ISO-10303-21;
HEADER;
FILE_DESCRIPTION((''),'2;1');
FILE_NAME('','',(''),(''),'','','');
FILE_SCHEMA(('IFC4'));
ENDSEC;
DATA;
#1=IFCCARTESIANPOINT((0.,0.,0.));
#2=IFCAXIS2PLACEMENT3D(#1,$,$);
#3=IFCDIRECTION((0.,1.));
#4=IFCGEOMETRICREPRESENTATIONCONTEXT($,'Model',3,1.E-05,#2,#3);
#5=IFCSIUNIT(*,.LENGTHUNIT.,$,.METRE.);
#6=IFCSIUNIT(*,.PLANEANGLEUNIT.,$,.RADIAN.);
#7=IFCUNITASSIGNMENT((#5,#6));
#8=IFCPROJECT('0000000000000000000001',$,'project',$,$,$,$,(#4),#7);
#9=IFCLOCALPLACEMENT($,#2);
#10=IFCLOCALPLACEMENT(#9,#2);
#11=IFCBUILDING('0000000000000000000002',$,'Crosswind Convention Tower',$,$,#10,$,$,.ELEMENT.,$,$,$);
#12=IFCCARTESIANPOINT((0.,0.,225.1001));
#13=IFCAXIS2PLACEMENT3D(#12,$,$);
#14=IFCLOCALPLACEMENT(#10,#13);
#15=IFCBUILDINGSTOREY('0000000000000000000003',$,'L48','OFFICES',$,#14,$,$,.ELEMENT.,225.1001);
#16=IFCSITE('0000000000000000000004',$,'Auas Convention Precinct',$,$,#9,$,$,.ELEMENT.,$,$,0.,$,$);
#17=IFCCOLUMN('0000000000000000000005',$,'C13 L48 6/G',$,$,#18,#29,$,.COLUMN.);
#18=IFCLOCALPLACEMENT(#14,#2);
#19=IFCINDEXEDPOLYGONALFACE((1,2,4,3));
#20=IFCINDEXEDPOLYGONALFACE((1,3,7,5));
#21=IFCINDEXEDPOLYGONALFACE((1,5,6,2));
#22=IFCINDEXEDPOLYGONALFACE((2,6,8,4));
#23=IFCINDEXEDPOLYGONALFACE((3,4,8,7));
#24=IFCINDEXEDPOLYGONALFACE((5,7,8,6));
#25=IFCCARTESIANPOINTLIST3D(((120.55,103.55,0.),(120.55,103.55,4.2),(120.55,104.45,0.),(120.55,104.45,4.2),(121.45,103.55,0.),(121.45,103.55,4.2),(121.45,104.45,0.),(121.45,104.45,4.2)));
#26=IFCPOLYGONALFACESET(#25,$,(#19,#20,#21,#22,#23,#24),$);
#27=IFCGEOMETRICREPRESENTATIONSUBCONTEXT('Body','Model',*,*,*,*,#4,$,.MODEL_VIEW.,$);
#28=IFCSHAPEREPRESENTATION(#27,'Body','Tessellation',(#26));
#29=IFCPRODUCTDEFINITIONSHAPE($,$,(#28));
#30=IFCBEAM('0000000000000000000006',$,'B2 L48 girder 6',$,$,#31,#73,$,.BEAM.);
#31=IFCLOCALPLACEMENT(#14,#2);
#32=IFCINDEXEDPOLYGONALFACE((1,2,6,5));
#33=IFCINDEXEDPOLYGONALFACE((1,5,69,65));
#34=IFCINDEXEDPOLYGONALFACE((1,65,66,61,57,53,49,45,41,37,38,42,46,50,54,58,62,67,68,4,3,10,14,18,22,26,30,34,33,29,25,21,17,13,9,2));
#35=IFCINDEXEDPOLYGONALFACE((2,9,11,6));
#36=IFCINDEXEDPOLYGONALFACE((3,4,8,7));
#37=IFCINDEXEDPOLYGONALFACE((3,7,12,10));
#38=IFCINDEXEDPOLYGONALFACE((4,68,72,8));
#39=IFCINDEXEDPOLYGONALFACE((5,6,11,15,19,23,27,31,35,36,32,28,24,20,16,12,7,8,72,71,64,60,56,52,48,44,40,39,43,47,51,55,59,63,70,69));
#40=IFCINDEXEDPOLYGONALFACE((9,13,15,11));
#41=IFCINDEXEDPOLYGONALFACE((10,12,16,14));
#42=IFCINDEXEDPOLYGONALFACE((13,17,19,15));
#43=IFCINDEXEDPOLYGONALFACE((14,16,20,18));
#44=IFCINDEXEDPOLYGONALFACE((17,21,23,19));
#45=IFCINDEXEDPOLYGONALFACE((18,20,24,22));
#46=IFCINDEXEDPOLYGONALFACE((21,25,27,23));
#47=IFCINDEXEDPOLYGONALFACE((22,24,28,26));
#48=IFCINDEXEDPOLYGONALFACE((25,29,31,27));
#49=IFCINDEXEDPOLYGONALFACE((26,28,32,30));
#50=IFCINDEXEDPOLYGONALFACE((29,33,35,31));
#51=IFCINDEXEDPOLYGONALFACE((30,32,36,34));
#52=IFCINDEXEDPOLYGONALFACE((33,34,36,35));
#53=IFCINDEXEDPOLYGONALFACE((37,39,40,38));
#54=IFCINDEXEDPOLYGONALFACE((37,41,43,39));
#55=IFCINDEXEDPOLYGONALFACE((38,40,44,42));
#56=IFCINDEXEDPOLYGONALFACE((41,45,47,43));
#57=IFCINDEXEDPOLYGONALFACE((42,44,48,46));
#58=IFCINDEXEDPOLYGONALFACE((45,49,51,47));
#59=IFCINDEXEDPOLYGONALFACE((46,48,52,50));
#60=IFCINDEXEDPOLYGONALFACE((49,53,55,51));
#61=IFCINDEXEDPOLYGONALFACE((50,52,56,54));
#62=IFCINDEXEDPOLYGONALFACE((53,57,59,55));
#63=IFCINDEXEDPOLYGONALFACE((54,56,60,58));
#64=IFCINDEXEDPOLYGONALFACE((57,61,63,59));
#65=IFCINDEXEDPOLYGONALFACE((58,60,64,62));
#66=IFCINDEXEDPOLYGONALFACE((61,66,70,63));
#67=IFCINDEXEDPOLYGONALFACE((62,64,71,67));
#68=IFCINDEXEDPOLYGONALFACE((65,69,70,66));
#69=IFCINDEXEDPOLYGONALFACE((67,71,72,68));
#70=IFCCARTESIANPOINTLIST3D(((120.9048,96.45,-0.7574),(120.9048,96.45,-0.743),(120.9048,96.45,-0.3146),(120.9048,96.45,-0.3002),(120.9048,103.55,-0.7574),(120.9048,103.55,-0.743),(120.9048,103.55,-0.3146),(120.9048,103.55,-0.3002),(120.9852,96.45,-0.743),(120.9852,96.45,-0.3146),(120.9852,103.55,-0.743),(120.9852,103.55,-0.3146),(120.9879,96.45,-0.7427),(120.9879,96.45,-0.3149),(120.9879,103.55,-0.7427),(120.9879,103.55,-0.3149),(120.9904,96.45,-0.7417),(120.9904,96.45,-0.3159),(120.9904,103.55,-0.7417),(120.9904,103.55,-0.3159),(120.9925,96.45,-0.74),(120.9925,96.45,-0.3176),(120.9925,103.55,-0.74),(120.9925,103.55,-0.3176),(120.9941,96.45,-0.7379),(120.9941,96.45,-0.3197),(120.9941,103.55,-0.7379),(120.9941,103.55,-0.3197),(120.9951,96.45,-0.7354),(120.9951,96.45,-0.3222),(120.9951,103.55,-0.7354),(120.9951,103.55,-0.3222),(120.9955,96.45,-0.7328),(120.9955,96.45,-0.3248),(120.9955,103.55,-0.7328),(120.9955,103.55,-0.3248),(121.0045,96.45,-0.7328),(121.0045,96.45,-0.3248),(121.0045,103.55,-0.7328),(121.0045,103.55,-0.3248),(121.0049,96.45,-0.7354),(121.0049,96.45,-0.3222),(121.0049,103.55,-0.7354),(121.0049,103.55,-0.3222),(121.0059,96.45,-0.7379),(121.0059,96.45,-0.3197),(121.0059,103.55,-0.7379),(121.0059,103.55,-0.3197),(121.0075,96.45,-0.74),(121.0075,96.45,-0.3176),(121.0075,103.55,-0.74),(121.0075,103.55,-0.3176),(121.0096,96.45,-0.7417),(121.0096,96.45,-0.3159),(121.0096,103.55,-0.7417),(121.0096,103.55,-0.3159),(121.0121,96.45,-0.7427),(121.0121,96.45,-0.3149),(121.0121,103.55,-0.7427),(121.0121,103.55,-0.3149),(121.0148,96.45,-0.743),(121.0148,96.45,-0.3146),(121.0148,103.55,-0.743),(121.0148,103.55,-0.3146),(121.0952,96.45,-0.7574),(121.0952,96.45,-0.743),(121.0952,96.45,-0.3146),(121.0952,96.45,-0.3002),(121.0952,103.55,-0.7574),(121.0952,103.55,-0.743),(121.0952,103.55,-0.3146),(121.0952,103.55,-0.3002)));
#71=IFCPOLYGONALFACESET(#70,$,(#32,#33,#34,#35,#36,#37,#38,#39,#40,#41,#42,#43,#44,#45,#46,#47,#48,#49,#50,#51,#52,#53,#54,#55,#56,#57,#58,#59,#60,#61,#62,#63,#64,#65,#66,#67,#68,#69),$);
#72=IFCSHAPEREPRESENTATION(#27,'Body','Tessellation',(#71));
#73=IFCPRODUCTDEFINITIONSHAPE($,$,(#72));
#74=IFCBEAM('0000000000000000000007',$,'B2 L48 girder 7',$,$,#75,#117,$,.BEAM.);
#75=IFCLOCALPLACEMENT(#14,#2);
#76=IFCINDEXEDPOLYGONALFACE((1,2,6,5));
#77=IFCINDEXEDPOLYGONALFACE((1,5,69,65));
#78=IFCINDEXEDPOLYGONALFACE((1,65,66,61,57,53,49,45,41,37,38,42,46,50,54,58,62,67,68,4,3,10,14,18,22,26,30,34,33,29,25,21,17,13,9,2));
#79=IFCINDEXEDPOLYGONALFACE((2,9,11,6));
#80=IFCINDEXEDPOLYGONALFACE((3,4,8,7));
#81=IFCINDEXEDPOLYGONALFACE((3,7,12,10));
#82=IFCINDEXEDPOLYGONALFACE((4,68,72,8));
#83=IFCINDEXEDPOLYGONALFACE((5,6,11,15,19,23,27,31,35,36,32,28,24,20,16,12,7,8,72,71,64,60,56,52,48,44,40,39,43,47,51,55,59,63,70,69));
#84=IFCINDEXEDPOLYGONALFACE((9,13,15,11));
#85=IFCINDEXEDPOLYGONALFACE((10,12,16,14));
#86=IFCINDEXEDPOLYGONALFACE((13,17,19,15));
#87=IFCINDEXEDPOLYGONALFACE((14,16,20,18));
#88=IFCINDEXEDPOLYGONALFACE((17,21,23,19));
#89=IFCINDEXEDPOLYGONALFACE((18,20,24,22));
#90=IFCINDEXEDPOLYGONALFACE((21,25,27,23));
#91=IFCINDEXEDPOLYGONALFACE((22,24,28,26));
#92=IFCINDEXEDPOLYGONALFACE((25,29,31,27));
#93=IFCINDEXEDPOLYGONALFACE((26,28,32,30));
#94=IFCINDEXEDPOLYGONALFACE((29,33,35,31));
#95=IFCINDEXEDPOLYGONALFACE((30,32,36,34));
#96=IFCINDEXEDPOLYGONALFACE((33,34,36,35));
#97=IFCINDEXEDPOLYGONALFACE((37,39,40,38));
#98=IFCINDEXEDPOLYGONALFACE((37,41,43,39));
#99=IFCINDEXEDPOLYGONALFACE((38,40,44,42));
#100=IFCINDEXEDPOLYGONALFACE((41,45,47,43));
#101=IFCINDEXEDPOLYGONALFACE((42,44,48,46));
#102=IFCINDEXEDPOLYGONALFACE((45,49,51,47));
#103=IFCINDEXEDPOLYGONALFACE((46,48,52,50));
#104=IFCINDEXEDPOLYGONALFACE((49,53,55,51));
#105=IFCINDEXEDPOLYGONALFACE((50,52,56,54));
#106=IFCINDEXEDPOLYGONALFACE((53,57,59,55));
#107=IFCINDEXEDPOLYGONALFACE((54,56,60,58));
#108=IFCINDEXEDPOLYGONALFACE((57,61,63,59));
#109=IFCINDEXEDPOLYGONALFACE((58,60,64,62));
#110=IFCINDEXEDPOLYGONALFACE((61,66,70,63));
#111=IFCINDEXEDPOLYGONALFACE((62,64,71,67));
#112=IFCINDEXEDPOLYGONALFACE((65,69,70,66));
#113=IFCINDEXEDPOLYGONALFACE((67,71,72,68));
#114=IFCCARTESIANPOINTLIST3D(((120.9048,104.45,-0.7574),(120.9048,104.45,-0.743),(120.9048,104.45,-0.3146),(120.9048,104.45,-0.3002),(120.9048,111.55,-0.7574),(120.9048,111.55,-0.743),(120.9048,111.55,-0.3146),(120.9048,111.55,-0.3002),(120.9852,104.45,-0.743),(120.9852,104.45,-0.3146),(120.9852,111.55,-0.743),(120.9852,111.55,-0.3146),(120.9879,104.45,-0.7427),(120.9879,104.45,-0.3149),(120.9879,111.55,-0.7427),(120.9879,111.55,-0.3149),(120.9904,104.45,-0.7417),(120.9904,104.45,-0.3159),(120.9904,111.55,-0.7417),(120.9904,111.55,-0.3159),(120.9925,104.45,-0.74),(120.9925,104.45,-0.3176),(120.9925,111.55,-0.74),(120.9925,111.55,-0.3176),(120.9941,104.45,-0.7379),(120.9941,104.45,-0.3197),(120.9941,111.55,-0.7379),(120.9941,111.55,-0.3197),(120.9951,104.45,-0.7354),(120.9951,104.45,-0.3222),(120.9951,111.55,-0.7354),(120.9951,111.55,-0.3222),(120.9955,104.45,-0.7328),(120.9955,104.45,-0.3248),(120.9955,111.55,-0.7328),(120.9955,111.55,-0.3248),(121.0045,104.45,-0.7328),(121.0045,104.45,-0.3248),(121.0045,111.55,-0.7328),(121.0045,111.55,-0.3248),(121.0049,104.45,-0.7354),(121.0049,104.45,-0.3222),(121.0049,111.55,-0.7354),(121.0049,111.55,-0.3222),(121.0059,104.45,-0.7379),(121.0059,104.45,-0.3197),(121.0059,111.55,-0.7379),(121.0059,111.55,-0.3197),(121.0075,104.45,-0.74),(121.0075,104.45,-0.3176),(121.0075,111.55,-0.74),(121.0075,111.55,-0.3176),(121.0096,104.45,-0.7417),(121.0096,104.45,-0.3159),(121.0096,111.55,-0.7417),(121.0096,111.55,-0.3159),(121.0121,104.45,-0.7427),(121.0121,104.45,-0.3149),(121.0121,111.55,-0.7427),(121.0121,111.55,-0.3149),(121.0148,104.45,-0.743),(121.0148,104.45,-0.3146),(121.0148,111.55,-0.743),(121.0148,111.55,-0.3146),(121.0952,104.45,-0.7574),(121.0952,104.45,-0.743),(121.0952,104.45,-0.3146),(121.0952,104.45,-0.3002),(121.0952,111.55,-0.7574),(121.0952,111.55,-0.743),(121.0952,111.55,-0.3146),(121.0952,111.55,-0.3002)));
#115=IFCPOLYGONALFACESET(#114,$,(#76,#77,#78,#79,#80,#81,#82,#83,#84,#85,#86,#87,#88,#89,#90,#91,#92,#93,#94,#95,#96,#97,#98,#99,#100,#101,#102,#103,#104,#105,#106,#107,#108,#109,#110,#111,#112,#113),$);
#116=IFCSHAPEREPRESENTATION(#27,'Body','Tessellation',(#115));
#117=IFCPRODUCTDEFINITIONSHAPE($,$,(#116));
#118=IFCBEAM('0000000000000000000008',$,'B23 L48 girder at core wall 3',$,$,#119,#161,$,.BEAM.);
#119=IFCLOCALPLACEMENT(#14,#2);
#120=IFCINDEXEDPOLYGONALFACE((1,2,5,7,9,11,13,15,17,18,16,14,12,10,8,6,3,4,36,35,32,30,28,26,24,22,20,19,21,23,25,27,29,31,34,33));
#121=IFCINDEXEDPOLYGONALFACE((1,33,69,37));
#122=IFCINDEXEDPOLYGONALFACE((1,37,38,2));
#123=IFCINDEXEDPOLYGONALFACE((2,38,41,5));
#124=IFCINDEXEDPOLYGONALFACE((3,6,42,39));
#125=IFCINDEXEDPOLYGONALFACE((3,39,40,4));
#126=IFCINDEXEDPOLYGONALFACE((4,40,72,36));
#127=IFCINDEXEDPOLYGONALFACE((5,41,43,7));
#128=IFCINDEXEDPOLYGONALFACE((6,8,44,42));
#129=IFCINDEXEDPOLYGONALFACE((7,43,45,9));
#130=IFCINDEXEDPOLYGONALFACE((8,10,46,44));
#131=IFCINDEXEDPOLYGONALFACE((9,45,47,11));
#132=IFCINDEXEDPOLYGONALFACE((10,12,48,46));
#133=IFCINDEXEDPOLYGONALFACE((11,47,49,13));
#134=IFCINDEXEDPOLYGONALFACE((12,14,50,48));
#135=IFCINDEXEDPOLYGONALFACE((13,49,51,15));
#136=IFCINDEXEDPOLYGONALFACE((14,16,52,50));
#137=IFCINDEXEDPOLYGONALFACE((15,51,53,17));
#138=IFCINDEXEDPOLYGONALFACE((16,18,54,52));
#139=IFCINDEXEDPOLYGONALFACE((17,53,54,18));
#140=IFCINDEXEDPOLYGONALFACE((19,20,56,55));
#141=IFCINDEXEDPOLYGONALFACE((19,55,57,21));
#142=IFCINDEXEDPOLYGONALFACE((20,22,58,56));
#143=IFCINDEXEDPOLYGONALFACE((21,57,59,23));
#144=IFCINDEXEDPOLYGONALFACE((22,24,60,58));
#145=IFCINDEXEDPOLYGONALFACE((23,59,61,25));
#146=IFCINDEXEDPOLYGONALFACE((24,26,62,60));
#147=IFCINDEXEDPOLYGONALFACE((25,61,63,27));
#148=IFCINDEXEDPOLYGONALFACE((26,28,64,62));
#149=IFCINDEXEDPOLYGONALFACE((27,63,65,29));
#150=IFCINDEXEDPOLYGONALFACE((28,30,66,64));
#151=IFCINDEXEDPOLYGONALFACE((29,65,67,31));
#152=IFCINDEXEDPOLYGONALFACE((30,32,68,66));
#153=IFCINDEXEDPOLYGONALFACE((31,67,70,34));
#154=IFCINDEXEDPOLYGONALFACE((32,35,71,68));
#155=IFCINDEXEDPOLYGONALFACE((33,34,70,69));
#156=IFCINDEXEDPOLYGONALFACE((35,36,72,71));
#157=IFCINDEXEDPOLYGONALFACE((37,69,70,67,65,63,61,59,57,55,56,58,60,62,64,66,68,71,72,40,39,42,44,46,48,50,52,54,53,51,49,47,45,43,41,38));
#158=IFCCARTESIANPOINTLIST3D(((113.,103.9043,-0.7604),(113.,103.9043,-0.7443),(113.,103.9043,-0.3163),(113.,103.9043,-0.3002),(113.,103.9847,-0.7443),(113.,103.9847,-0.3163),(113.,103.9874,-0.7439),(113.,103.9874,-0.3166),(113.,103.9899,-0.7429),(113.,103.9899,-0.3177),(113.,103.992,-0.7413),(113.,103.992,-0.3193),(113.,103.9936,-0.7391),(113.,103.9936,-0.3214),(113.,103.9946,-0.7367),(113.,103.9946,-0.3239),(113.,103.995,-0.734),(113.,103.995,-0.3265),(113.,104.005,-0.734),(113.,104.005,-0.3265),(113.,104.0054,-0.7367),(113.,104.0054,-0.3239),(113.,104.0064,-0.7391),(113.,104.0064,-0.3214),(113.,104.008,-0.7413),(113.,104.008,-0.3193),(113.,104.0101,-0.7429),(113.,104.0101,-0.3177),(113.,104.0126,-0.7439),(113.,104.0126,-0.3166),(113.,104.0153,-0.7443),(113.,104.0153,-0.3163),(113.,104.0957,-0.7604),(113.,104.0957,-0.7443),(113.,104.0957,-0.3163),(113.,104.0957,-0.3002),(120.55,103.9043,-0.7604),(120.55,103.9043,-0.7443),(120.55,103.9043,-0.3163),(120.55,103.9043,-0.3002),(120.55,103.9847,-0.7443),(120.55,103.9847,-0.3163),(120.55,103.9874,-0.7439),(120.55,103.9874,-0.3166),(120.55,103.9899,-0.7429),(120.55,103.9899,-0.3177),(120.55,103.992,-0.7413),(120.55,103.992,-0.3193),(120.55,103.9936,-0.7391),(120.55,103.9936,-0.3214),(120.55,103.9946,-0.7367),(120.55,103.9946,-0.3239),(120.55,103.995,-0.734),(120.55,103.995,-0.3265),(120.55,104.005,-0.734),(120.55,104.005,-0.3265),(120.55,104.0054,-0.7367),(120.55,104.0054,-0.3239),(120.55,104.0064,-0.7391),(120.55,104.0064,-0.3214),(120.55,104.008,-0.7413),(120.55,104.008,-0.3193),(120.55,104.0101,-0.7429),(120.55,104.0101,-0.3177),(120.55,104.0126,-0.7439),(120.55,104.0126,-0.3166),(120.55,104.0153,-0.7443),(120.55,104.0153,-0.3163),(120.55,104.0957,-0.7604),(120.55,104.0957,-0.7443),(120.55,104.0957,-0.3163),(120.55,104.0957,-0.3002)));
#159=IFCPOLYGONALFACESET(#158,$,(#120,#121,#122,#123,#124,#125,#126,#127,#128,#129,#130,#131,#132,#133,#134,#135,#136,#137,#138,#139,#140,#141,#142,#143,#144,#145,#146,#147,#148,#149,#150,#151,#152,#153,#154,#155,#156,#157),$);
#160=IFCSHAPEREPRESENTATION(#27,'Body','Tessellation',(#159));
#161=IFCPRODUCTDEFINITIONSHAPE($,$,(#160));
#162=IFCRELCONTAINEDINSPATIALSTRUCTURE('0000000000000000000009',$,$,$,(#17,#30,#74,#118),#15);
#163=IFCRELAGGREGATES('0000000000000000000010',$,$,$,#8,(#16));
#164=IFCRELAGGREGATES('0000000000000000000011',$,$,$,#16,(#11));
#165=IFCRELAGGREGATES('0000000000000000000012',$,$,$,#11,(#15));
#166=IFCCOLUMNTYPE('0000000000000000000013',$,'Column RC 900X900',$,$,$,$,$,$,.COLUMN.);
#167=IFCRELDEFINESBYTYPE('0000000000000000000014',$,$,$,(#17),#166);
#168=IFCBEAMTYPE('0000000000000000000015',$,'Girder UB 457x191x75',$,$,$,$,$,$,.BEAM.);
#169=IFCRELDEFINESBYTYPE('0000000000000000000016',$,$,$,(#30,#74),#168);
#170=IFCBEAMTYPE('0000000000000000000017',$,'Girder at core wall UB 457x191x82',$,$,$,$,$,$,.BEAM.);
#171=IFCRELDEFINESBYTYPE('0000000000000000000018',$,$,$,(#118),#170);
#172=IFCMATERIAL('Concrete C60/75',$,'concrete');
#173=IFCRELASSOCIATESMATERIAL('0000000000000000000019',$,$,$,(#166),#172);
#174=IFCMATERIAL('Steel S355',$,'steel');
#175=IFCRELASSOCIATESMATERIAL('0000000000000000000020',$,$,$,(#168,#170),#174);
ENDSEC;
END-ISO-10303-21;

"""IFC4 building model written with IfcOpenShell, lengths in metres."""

from ifc_helpers import new_model, si_unit, direction, frame, origin, origin_2d, place, context, subcontext, project, spatial, rectangle, i_section, extrude, material, material_profile, profile_set, type_object, element, save


model = new_model("IFC4")

# Units and contexts
model_context = context("Model", 3, precision=1e-05, world=origin(), true_north=direction((0.0, 1.0)))
body_context = subcontext(model_context, "Body", "Model", "MODEL_VIEW")
ifc_project = project(units=[si_unit("LENGTHUNIT", "METRE"), si_unit("PLANEANGLEUNIT", "RADIAN")], contexts=[model_context])

# Site, building, storey
site_placement = place(None, origin())
site = spatial("IfcSite", under=ifc_project, at=site_placement, Name="Auas Convention Precinct", CompositionType="ELEMENT", RefElevation=0.0)
building_placement = place(site_placement, origin())
building = spatial("IfcBuilding", under=site, at=building_placement, Name="Crosswind Convention Tower", CompositionType="ELEMENT")
storey_placement = place(building_placement, frame((0.0, 0.0, 225.1001)))
storey = spatial("IfcBuildingStorey", under=building, at=storey_placement, Name="L48", Description="OFFICES", CompositionType="ELEMENT", Elevation=225.1001)

# Column
ifc_material_1 = material(Name="Concrete C60/75", Category="concrete")
ifc_material_profile_1 = material_profile(ifc_material_1, rectangle(XDim=0.8999, YDim=0.8999, at=origin_2d()), Name="RC 900X900")
ifc_profile_set_1 = profile_set([ifc_material_profile_1], Name="Concrete C60/75")
column_type = type_object("IfcColumnType", Name="Column RC 900X900", PredefinedType="COLUMN", material=ifc_profile_set_1)
column_placement = place(storey_placement, frame((121.0, 104.0, 0.0), z_axis=(0.0, 0.0, 1.0), x_axis=(1.0, 0.0, 0.0)))
element("IfcColumn", 1, at=column_placement, inside=storey, type_object=column_type, Name="C13 L48 6/G", PredefinedType="COLUMN", context=body_context, shape_type="SweptSolid", body=[
    extrude(rectangle(XDim=0.8999, YDim=0.8999, at=origin_2d()), origin(), (0.0, 0.0, 1.0), 4.2),
])

# Beams
ifc_material_2 = material(Name="Steel S355", Category="steel")
ifc_material_profile_2 = material_profile(ifc_material_2, i_section(OverallWidth=0.1904, OverallDepth=0.4573, WebThickness=0.009, FlangeThickness=0.0144, FilletRadius=0.0103, at=origin_2d()), Name="UB 457x191x75")
ifc_profile_set_2 = profile_set([ifc_material_profile_2], Name="Steel S355")
beam_type_1 = type_object("IfcBeamType", Name="Girder UB 457x191x75", PredefinedType="BEAM", material=ifc_profile_set_2)
for number, where, z_axis, x_axis, name in (
    (2, (121.0, 96.45, -0.5288), (0.0, 1.0, 0.0), (-1.0, 0.0, 0.0), "B2 L48 girder 6"),
    (3, (121.0, 104.45, -0.5288), (0.0, 1.0, 0.0), (-1.0, 0.0, 0.0), "B2 L48 girder 7"),
):
    element("IfcBeam", number, at=place(storey_placement, frame(where, z_axis=z_axis, x_axis=x_axis)), inside=storey, type_object=beam_type_1, Name=name, PredefinedType="BEAM", context=body_context, shape_type="SweptSolid", body=[
        extrude(i_section(OverallWidth=0.1904, OverallDepth=0.4573, WebThickness=0.009, FlangeThickness=0.0144, FilletRadius=0.0103, at=origin_2d()), origin(), (0.0, 0.0, 1.0), 7.1001),
    ])
ifc_material_profile_3 = material_profile(ifc_material_2, i_section(OverallWidth=0.1914, OverallDepth=0.4602, WebThickness=0.01, FlangeThickness=0.0161, FilletRadius=0.0103, at=origin_2d()), Name="UB 457x191x82")
ifc_profile_set_3 = profile_set([ifc_material_profile_3], Name="Steel S355")
beam_type_2 = type_object("IfcBeamType", Name="Girder at core wall UB 457x191x82", PredefinedType="BEAM", material=ifc_profile_set_3)
beam_placement = place(storey_placement, frame((113.0, 104.0, -0.5303), z_axis=(1.0, 0.0, 0.0), x_axis=(0.0, 1.0, 0.0)))
element("IfcBeam", 4, at=beam_placement, inside=storey, type_object=beam_type_2, Name="B23 L48 girder at core wall 3", PredefinedType="BEAM", context=body_context, shape_type="SweptSolid", body=[
    extrude(i_section(OverallWidth=0.1914, OverallDepth=0.4602, WebThickness=0.01, FlangeThickness=0.0161, FilletRadius=0.0103, at=origin_2d()), origin(), (0.0, 0.0, 1.0), 7.55),
])

save(model, "model.ifc")
